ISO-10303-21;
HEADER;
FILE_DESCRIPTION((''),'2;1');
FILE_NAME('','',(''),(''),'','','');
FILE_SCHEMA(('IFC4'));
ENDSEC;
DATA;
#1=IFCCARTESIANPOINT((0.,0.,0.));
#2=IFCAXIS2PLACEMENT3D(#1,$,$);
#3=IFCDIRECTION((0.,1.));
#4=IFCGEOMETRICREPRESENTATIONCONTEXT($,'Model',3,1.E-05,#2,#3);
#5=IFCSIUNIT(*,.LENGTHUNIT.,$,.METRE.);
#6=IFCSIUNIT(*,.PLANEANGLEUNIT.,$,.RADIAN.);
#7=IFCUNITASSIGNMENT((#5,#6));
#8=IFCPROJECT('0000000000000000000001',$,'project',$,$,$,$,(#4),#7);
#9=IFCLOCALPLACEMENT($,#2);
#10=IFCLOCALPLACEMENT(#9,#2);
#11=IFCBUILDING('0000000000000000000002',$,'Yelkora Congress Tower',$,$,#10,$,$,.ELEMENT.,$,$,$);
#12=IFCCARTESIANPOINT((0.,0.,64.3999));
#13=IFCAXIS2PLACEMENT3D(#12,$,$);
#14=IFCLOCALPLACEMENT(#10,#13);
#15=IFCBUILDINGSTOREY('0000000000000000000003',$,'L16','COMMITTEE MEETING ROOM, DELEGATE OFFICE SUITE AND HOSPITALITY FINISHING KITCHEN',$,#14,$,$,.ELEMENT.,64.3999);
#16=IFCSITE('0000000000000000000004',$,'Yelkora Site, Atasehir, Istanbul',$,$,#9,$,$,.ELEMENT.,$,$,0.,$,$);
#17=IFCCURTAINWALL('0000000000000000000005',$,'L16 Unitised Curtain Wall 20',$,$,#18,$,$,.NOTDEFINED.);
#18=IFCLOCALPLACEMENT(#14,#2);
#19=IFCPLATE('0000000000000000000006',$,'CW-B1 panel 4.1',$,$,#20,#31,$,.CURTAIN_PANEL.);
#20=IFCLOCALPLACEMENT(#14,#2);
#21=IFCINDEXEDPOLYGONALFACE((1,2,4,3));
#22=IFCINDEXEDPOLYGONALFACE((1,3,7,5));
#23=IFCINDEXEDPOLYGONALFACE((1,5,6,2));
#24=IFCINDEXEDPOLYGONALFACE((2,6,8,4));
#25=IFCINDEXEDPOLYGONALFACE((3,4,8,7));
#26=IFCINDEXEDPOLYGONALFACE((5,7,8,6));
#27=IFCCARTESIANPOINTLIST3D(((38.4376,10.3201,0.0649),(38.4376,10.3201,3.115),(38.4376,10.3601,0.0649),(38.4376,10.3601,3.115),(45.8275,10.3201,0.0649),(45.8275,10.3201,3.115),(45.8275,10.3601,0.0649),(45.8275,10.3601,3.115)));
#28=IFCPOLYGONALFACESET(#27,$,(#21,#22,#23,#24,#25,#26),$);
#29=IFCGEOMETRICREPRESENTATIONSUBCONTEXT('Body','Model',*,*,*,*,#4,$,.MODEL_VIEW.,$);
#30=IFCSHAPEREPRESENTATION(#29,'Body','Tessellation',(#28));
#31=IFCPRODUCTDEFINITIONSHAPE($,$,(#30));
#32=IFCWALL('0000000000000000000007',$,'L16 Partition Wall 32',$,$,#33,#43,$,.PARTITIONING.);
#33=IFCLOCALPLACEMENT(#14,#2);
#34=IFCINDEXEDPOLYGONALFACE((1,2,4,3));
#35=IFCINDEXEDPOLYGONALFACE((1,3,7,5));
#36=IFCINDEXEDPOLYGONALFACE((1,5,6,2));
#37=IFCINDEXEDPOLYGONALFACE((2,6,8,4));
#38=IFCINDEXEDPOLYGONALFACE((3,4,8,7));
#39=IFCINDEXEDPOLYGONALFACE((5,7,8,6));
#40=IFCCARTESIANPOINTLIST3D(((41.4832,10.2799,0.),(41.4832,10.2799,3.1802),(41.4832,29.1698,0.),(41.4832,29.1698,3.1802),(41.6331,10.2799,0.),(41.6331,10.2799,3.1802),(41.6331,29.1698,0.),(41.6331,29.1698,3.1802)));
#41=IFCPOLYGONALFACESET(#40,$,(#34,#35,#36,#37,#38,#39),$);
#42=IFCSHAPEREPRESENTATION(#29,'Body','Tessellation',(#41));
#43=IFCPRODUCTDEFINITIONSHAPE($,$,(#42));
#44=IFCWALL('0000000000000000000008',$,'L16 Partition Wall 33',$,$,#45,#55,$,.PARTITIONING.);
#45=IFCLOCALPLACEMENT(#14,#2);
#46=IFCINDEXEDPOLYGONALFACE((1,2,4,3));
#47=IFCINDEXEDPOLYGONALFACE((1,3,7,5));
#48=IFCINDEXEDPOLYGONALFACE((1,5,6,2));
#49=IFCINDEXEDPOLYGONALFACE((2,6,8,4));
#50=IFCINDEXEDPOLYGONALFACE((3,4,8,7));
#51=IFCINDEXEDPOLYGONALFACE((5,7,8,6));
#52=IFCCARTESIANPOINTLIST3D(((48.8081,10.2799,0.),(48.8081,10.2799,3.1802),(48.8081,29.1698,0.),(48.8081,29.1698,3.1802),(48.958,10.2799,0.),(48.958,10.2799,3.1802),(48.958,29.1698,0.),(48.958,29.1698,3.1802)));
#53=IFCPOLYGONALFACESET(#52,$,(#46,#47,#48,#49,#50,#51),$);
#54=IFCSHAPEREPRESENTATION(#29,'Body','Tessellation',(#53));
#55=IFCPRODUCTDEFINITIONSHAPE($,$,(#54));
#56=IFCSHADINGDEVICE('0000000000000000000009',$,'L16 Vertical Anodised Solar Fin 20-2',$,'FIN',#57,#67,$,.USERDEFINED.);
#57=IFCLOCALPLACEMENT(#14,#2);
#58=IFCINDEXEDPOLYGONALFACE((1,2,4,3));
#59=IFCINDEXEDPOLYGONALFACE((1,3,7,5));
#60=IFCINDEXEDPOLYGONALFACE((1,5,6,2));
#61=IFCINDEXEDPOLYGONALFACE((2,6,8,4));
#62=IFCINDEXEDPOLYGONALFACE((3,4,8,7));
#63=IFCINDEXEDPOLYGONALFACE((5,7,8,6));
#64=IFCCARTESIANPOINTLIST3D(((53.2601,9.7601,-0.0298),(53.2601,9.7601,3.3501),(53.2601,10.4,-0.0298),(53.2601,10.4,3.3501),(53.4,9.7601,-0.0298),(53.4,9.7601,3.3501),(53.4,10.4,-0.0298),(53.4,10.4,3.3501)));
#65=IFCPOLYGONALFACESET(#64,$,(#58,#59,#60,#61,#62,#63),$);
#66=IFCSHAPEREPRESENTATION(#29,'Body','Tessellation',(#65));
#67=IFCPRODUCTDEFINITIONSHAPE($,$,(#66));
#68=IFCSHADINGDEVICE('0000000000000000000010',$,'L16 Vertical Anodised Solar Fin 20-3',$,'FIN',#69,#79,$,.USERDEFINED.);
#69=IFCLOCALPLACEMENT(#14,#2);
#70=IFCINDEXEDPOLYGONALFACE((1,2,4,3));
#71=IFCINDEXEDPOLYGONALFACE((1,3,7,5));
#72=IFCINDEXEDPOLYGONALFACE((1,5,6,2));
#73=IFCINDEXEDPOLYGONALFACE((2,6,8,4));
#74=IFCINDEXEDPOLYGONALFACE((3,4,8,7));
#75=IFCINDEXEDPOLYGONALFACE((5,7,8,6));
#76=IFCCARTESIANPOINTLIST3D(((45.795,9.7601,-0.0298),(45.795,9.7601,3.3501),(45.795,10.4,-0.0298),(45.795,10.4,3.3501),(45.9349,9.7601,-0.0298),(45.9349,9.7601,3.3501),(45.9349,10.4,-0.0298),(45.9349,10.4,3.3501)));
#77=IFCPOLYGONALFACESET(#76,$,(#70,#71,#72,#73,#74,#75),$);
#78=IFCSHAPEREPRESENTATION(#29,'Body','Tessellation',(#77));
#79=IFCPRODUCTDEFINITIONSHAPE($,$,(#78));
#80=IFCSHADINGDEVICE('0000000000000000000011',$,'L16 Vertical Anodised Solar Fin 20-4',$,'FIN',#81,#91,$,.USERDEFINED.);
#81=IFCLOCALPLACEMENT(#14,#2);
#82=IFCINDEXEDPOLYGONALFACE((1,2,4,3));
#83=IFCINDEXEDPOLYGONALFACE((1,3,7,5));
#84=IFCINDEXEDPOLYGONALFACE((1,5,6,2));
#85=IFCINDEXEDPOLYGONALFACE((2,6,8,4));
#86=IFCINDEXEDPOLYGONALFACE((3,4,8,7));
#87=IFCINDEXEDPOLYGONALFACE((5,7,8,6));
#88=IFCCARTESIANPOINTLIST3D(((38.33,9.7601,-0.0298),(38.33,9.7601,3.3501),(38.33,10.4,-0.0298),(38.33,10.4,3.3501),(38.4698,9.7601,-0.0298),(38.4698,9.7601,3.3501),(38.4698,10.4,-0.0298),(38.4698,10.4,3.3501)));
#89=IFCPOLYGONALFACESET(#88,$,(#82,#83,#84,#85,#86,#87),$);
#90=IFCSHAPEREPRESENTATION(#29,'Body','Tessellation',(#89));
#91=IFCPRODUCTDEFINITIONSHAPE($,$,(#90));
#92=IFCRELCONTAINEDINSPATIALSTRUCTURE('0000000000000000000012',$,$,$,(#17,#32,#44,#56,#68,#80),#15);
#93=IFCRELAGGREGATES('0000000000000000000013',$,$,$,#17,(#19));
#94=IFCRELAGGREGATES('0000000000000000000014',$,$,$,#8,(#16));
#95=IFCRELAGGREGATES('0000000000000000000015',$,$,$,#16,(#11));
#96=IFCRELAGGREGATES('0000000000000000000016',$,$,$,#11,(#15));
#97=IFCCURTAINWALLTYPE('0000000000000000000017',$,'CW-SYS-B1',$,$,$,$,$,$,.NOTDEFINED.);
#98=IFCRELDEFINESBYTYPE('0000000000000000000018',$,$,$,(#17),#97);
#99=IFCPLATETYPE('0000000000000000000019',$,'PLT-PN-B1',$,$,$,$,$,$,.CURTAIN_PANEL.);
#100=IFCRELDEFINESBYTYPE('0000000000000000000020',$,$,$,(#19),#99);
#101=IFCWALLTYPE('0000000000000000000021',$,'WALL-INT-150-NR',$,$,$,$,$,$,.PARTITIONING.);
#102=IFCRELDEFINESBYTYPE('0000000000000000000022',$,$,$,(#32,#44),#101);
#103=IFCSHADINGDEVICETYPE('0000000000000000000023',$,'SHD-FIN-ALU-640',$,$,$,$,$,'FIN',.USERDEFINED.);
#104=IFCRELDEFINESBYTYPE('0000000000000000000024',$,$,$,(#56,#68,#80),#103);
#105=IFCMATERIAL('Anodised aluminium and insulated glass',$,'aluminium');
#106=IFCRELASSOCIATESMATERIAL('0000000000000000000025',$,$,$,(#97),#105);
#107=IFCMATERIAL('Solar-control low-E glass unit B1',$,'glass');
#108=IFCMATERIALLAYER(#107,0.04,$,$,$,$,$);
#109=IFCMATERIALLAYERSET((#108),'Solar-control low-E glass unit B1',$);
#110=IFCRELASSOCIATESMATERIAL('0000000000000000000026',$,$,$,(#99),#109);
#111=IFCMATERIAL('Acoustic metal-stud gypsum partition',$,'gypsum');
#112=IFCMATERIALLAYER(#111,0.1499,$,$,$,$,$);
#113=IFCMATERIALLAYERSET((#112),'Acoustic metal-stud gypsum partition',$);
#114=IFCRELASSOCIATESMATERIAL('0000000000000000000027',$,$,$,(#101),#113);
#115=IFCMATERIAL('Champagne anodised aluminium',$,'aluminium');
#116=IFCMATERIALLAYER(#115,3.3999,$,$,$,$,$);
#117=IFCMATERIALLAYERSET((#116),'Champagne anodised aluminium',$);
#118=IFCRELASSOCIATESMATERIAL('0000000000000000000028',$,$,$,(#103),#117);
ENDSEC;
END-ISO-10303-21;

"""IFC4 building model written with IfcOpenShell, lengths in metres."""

from ifc_helpers import new_model, si_unit, direction, frame, frame_2d, origin, origin_2d, place, context, subcontext, project, spatial, rectangle, extrude, material, layer, layer_set, type_object, element, aggregate, save


model = new_model("IFC4")

# Units and contexts
model_context = context("Model", 3, precision=1e-05, world=origin(), true_north=direction((0.0, 1.0)))
body_context = subcontext(model_context, "Body", "Model", "MODEL_VIEW")
ifc_project = project(units=[si_unit("LENGTHUNIT", "METRE"), si_unit("PLANEANGLEUNIT", "RADIAN")], contexts=[model_context])

# Site, building, storey
site_placement = place(None, origin())
site = spatial("IfcSite", under=ifc_project, at=site_placement, Name="Yelkora Site, Atasehir, Istanbul", CompositionType="ELEMENT", RefElevation=0.0)
building_placement = place(site_placement, origin())
building = spatial("IfcBuilding", under=site, at=building_placement, Name="Yelkora Congress Tower", CompositionType="ELEMENT")
storey_placement = place(building_placement, frame((0.0, 0.0, 64.3999)))
storey = spatial("IfcBuildingStorey", under=building, at=storey_placement, Name="L16", Description="COMMITTEE MEETING ROOM, DELEGATE OFFICE SUITE AND HOSPITALITY FINISHING KITCHEN", CompositionType="ELEMENT", Elevation=64.3999)

# Curtain wall, plate
ifc_material_1 = material(Name="Anodised aluminium and insulated glass", Category="aluminium")
curtain_wall_type = type_object("IfcCurtainWallType", Name="CW-SYS-B1", PredefinedType="NOTDEFINED", material=ifc_material_1)
curtain_wall_placement = place(storey_placement, origin())
curtain_wall = element("IfcCurtainWall", 1, at=curtain_wall_placement, inside=storey, type_object=curtain_wall_type, Name="L16 Unitised Curtain Wall 20", PredefinedType="NOTDEFINED")
ifc_material_2 = material(Name="Solar-control low-E glass unit B1", Category="glass")
ifc_layer_1 = layer(ifc_material_2, 0.04)
ifc_layer_set_1 = layer_set([ifc_layer_1], Name="Solar-control low-E glass unit B1")
plate_type = type_object("IfcPlateType", Name="PLT-PN-B1", PredefinedType="CURTAIN_PANEL", material=ifc_layer_set_1)
plate_1_placement = place(storey_placement, frame((42.1326, 10.3401, 0.0649), z_axis=(0.0, 0.0, 1.0), x_axis=(-1.0, 0.0, 0.0)))
plate_1 = element("IfcPlate", 2, at=plate_1_placement, type_object=plate_type, Name="CW-B1 panel 4.1", PredefinedType="CURTAIN_PANEL", context=body_context, shape_type="SweptSolid", body=[
    extrude(rectangle(XDim=7.3899, YDim=0.04, at=origin_2d()), origin(), (0.0, 0.0, 1.0), 3.05),
])
aggregate(curtain_wall, [plate_1])

# Walls
ifc_material_3 = material(Name="Acoustic metal-stud gypsum partition", Category="gypsum")
ifc_layer_2 = layer(ifc_material_3, 0.1499)
ifc_layer_set_2 = layer_set([ifc_layer_2], Name="Acoustic metal-stud gypsum partition")
wall_type = type_object("IfcWallType", Name="WALL-INT-150-NR", PredefinedType="PARTITIONING", material=ifc_layer_set_2)
for number, where, z_axis, x_axis, name in (
    (3, (41.5581, 10.28, 0.0), (0.0, 0.0, 1.0), (0.0, 1.0, 0.0), "L16 Partition Wall 32"),
    (4, (48.8831, 10.28, 0.0), (0.0, 0.0, 1.0), (0.0, 1.0, 0.0), "L16 Partition Wall 33"),
):
    element("IfcWall", number, at=place(storey_placement, frame(where, z_axis=z_axis, x_axis=x_axis)), inside=storey, type_object=wall_type, Name=name, PredefinedType="PARTITIONING", context=body_context, shape_type="SweptSolid", body=[
        extrude(rectangle(XDim=18.8899, YDim=0.1499, at=frame_2d((9.4448, 0.0))), origin(), (0.0, 0.0, 1.0), 3.1802),
    ])

# Shading devices
ifc_material_4 = material(Name="Champagne anodised aluminium", Category="aluminium")
ifc_layer_3 = layer(ifc_material_4, 3.3999)
ifc_layer_set_3 = layer_set([ifc_layer_3], Name="Champagne anodised aluminium")
shading_device_type = type_object("IfcShadingDeviceType", Name="SHD-FIN-ALU-640", ElementType="FIN", PredefinedType="USERDEFINED", material=ifc_layer_set_3)
for number, where, z_axis, x_axis, name in (
    (5, (53.3301, 10.0801, -0.0298), (0.0, 0.0, 1.0), (-1.0, 0.0, 0.0), "L16 Vertical Anodised Solar Fin 20-2"),
    (6, (45.865, 10.0801, -0.0298), (0.0, 0.0, 1.0), (-1.0, 0.0, 0.0), "L16 Vertical Anodised Solar Fin 20-3"),
    (7, (38.3999, 10.0801, -0.0298), (0.0, 0.0, 1.0), (-1.0, 0.0, 0.0), "L16 Vertical Anodised Solar Fin 20-4"),
):
    element("IfcShadingDevice", number, at=place(storey_placement, frame(where, z_axis=z_axis, x_axis=x_axis)), inside=storey, type_object=shading_device_type, Name=name, ObjectType="FIN", PredefinedType="USERDEFINED", context=body_context, shape_type="SweptSolid", body=[
        extrude(rectangle(XDim=0.1399, YDim=0.6399, at=origin_2d()), origin(), (0.0, 0.0, 1.0), 3.3799),
    ])

save(model, "model.ifc")
